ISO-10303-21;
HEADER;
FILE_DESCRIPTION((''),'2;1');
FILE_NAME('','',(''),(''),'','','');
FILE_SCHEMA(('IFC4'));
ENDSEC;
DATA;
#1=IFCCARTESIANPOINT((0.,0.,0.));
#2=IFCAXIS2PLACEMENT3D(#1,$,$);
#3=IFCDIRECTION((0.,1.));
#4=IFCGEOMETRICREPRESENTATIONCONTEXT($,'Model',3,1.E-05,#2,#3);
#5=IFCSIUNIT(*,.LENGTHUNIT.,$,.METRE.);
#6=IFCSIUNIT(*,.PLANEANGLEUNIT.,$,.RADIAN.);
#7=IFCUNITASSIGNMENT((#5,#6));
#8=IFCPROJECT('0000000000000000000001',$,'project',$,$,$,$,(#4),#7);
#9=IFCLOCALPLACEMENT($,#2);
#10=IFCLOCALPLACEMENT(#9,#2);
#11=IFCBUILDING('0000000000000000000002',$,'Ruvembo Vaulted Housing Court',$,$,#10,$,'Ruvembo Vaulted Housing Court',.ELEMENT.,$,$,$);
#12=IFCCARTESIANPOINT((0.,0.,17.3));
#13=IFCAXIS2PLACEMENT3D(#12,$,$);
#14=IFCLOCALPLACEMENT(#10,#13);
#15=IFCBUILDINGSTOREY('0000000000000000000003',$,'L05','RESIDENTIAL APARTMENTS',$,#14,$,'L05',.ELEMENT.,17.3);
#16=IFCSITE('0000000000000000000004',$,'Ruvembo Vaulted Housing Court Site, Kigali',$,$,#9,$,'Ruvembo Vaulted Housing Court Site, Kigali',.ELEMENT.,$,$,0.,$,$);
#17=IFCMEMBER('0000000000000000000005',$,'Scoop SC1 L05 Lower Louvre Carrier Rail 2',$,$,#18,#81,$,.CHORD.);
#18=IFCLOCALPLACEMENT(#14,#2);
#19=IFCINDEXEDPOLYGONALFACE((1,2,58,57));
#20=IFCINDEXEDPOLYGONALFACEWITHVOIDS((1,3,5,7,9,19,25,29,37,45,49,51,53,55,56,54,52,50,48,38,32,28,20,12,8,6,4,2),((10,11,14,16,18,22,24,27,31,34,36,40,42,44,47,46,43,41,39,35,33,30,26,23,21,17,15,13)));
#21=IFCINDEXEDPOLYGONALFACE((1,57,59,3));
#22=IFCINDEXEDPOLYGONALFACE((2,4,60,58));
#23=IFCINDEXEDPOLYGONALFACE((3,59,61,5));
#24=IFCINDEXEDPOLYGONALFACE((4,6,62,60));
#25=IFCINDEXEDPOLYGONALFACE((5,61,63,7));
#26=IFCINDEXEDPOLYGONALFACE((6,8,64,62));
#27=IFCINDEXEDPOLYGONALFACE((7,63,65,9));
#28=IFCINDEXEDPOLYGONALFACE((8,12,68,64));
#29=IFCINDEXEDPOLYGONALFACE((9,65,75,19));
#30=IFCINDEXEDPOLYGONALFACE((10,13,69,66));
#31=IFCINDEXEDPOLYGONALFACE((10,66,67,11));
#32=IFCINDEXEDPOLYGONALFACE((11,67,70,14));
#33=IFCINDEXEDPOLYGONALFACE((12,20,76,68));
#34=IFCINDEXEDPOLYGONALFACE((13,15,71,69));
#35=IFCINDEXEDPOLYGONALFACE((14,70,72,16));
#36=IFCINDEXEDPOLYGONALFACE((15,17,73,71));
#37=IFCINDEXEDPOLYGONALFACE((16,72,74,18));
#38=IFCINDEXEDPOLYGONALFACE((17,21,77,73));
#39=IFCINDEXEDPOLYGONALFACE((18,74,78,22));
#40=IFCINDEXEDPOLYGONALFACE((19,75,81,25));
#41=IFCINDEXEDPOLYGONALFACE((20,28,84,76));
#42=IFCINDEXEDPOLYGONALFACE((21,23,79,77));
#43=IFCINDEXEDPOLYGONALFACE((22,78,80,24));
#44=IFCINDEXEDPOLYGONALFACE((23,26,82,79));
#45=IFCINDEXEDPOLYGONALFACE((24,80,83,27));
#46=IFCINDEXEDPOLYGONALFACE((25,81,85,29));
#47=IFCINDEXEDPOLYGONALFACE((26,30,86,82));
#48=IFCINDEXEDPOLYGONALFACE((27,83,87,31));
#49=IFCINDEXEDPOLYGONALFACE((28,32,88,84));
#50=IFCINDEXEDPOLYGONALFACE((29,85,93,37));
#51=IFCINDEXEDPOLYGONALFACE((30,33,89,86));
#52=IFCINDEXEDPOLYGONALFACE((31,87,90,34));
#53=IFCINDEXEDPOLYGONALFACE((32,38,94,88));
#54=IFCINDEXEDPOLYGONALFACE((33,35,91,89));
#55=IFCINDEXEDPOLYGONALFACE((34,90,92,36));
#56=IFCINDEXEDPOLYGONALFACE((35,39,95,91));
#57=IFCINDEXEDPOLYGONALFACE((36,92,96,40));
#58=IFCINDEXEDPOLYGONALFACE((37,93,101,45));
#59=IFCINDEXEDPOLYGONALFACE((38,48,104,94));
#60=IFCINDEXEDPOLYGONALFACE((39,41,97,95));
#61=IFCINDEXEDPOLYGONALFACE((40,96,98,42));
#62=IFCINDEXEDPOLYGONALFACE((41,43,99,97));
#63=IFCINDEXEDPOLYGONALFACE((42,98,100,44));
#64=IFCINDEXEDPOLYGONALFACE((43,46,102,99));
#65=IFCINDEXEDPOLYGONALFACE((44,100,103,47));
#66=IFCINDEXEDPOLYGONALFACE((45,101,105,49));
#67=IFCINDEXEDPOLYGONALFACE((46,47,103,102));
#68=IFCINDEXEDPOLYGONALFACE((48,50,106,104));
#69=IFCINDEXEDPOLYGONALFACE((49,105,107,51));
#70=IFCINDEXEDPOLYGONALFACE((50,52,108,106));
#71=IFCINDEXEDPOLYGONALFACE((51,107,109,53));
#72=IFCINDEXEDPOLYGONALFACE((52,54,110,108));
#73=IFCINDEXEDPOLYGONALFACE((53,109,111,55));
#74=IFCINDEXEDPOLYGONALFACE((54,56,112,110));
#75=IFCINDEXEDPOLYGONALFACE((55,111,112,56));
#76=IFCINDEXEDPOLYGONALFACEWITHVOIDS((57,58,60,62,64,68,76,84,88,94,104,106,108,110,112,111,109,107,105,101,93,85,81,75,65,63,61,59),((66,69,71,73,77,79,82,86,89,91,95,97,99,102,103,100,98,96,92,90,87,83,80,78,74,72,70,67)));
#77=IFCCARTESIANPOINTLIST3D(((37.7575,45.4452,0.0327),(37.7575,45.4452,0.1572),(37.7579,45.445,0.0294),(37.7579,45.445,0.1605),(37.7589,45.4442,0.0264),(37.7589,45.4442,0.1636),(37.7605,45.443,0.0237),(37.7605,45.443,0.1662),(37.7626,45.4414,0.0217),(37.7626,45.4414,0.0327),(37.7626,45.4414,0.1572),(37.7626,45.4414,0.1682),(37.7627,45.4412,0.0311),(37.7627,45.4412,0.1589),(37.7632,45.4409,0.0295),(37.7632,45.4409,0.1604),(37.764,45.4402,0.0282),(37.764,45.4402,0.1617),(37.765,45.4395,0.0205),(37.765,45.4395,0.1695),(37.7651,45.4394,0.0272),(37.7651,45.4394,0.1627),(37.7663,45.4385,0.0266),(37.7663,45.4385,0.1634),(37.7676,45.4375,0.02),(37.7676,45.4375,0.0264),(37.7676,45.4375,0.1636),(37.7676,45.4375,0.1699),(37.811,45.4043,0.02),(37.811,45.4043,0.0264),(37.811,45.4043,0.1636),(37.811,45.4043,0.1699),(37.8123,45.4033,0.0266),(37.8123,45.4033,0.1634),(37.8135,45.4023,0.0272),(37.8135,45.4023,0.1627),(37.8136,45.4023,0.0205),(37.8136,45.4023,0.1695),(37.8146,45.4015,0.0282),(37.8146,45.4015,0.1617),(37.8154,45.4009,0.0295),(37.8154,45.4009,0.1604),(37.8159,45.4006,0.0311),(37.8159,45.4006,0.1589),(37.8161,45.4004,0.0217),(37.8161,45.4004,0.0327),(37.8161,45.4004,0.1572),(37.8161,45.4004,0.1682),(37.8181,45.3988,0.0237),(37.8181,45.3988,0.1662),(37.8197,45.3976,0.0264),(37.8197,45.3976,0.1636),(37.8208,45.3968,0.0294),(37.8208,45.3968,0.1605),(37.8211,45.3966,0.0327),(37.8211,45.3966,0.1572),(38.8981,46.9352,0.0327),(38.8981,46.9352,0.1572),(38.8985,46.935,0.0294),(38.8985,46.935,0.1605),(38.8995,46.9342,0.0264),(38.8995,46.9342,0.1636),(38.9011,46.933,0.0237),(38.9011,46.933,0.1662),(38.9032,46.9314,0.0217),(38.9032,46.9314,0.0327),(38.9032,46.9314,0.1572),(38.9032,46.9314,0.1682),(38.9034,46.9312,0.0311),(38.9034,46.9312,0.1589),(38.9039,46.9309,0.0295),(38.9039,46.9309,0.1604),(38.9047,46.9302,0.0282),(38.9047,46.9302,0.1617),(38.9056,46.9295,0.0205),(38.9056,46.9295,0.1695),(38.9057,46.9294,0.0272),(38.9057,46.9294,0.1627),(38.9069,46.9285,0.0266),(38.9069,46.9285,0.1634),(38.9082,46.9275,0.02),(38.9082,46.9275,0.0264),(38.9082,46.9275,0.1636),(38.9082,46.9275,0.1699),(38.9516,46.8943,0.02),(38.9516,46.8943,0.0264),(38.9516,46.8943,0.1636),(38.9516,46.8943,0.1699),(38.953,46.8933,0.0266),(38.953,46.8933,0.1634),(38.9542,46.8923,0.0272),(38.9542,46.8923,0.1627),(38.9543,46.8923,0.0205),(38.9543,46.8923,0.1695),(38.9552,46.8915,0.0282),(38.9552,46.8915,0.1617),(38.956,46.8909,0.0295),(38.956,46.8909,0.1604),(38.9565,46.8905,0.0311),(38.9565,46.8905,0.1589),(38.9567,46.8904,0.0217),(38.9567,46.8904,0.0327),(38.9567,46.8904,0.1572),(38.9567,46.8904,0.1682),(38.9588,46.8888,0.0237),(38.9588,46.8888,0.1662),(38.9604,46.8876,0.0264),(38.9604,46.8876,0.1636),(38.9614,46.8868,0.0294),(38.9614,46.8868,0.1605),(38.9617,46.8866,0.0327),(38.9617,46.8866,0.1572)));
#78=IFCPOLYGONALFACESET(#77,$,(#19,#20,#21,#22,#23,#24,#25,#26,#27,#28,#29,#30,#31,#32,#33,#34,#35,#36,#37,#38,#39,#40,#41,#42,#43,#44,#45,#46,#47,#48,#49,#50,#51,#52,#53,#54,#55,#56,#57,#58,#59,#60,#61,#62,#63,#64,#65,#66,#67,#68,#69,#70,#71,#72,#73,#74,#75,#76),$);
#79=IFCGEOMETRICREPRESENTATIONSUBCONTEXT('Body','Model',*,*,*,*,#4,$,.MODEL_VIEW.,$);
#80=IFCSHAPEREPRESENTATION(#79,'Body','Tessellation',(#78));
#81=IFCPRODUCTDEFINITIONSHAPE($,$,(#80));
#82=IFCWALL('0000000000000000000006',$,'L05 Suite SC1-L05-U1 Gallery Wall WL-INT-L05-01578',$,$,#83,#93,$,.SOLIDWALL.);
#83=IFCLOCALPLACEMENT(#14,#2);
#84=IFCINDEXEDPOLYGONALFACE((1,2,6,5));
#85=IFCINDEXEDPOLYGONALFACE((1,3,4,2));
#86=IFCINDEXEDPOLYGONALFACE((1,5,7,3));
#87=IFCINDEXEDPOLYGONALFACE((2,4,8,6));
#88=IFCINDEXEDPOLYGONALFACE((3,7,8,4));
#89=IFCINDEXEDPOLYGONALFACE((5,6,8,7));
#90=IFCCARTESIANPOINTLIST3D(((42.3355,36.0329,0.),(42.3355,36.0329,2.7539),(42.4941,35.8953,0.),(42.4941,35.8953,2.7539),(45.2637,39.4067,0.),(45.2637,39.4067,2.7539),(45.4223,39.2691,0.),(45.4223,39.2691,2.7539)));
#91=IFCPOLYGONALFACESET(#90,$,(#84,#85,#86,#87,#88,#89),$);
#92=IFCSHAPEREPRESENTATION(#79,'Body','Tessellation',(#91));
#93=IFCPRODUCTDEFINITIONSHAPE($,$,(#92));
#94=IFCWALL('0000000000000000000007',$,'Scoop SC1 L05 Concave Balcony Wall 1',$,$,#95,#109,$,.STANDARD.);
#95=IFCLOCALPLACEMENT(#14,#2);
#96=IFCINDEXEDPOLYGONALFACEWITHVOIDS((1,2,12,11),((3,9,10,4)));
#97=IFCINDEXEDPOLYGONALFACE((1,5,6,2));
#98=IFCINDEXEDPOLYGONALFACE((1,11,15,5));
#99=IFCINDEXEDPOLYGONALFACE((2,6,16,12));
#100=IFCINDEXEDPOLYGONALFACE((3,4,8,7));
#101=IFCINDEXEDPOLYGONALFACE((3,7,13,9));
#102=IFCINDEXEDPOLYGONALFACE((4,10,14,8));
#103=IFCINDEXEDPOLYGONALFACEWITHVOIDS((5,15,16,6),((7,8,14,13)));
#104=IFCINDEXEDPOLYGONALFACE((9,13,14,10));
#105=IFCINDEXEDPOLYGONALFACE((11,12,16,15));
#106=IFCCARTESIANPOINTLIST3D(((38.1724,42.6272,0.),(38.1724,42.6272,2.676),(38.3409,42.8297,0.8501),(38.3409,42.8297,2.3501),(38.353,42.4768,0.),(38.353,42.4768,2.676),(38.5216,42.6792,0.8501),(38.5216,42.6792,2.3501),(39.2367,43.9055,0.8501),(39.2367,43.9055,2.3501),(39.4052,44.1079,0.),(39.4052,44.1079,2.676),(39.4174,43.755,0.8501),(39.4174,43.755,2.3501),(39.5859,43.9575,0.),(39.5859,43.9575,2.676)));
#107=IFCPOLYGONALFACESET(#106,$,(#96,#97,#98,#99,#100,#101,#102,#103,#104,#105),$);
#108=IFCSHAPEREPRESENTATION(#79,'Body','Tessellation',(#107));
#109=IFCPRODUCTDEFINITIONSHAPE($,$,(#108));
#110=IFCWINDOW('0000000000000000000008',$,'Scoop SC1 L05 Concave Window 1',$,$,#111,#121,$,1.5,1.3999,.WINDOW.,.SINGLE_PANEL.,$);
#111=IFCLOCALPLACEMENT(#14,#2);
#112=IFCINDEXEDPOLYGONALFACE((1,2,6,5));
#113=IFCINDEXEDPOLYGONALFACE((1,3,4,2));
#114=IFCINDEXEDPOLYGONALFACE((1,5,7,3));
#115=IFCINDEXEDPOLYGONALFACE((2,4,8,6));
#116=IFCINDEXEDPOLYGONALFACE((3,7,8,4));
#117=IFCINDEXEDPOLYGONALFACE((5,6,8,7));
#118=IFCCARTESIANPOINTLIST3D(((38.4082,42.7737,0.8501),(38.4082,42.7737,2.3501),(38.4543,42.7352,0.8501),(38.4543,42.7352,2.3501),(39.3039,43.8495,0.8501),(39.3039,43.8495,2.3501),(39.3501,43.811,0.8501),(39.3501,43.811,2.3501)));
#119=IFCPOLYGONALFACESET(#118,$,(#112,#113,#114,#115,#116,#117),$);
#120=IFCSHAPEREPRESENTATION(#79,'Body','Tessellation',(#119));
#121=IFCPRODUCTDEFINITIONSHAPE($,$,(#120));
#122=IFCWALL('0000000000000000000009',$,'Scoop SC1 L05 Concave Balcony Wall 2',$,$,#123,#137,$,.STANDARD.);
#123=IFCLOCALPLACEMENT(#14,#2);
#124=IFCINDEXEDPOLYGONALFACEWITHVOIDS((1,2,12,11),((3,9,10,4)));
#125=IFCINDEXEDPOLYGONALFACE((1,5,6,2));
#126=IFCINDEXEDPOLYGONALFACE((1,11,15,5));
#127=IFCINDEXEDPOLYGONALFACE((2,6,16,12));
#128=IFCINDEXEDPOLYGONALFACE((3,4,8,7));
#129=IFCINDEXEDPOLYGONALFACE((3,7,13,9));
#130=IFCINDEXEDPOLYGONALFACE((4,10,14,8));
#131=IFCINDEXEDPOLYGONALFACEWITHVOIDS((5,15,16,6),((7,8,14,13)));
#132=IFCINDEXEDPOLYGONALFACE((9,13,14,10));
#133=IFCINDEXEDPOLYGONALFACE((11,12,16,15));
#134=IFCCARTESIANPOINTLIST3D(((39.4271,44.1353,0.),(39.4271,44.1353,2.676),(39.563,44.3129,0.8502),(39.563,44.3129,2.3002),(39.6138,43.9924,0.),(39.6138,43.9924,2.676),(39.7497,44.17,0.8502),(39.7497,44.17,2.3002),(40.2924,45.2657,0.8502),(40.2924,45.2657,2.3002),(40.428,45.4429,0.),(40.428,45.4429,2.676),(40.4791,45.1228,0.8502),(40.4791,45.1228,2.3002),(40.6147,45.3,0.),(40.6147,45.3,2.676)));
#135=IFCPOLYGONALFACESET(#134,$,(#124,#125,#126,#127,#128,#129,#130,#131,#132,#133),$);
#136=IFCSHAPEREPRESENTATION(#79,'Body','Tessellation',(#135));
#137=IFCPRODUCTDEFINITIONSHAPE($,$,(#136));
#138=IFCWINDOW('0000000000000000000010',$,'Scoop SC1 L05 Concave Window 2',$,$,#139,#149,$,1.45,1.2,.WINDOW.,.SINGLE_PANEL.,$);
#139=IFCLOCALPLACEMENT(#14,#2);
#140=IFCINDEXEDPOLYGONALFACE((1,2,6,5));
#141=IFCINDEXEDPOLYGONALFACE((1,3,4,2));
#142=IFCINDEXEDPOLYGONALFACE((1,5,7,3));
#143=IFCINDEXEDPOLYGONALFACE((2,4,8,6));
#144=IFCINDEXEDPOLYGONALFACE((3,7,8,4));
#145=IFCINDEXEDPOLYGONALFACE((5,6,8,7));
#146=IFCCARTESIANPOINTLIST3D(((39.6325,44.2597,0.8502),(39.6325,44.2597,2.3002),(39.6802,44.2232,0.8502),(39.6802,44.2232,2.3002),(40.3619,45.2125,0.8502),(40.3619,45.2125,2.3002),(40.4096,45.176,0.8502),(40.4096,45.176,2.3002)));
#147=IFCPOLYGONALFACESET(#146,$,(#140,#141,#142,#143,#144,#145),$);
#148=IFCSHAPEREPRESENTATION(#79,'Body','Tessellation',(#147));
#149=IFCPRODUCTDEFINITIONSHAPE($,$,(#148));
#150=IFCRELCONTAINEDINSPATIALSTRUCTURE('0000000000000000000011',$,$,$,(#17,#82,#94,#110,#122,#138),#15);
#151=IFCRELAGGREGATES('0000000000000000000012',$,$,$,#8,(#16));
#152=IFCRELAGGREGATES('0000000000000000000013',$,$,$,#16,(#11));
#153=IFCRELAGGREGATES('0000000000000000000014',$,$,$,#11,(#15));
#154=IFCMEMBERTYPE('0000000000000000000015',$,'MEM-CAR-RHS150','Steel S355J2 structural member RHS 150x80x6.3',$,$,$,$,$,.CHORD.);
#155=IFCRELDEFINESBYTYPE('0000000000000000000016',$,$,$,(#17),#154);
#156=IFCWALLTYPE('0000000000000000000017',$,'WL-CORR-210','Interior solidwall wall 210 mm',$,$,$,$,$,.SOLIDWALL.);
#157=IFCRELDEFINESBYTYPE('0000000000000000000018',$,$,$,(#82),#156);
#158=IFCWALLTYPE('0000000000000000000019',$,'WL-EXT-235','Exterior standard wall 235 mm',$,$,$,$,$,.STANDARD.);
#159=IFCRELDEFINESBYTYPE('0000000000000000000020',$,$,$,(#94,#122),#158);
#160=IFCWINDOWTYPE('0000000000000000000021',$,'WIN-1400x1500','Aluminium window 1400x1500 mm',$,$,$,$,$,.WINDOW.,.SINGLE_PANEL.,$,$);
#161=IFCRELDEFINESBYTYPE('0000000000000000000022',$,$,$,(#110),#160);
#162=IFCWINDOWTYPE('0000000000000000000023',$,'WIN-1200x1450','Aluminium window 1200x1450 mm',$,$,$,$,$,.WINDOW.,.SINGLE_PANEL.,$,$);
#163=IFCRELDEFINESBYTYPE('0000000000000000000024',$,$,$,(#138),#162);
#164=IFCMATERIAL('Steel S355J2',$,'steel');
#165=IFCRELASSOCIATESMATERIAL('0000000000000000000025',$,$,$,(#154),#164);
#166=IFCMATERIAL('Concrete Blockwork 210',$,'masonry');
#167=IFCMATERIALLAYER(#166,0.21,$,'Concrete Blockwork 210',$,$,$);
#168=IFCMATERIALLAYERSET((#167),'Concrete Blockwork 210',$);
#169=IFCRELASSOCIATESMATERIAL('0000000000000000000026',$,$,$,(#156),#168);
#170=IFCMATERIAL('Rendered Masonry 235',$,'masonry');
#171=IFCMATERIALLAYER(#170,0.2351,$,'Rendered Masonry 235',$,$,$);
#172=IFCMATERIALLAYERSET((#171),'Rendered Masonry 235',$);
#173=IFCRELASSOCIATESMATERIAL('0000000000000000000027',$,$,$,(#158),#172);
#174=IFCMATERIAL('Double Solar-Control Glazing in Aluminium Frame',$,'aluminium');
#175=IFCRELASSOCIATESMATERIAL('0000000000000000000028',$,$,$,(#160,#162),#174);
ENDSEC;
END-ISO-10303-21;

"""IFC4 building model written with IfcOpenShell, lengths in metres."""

from ifc_helpers import new_model, si_unit, direction, frame, frame_2d, origin, origin_2d, place, context, subcontext, project, spatial, rectangle, hollow_rectangle, extrude, material, layer, layer_set, material_profile, profile_set, type_object, element, fill, save


model = new_model("IFC4")

# Units and contexts
model_context = context("Model", 3, precision=1e-05, world=origin(), true_north=direction((0.0, 1.0)))
body_context = subcontext(model_context, "Body", "Model", "MODEL_VIEW")
ifc_project = project(units=[si_unit("LENGTHUNIT", "METRE"), si_unit("PLANEANGLEUNIT", "RADIAN")], contexts=[model_context])

# Site, building, storey
site_placement = place(None, origin())
site = spatial("IfcSite", under=ifc_project, at=site_placement, Name="Ruvembo Vaulted Housing Court Site, Kigali", LongName="Ruvembo Vaulted Housing Court Site, Kigali", CompositionType="ELEMENT", RefElevation=0.0)
building_placement = place(site_placement, origin())
building = spatial("IfcBuilding", under=site, at=building_placement, Name="Ruvembo Vaulted Housing Court", LongName="Ruvembo Vaulted Housing Court", CompositionType="ELEMENT")
storey_placement = place(building_placement, frame((0.0, 0.0, 17.3)))
storey = spatial("IfcBuildingStorey", under=building, at=storey_placement, Name="L05", Description="RESIDENTIAL APARTMENTS", LongName="L05", CompositionType="ELEMENT", Elevation=17.3)

# Shared definitions
ifc_material_1 = material(Name="Steel S355J2", Category="steel")

# Member
ifc_material_profile_1 = material_profile(ifc_material_1, hollow_rectangle(XDim=0.0801, YDim=0.1499, WallThickness=0.0063, InnerFilletRadius=0.0063, OuterFilletRadius=0.0127, at=origin_2d()), Name="RHS 150x80x6.3")
ifc_profile_set_1 = profile_set([ifc_material_profile_1], Name="Steel S355J2")
member_type_1 = type_object("IfcMemberType", Name="MEM-CAR-RHS150", Description="Steel S355J2 structural member RHS 150x80x6.3", PredefinedType="CHORD", material=ifc_profile_set_1)
member_1_placement = place(storey_placement, frame((37.7893, 45.4209, 0.095), z_axis=(0.607861, 0.794044, 0.0), x_axis=(-0.794044, 0.607861, 0.0)))
element("IfcMember", 1, at=member_1_placement, inside=storey, type_object=member_type_1, Name="Scoop SC1 L05 Lower Louvre Carrier Rail 2", PredefinedType="CHORD", context=body_context, shape_type="SweptSolid", body=[
    extrude(hollow_rectangle(XDim=0.0801, YDim=0.1499, WallThickness=0.0063, InnerFilletRadius=0.0063, OuterFilletRadius=0.0127, at=origin_2d()), origin(), (0.0, 0.0, 1.0), 1.8765),
])

# Wall
ifc_material_2 = material(Name="Concrete Blockwork 210", Category="masonry")
ifc_layer_1 = layer(ifc_material_2, 0.21, Name="Concrete Blockwork 210")
ifc_layer_set_1 = layer_set([ifc_layer_1], Name="Concrete Blockwork 210")
wall_type_1 = type_object("IfcWallType", Name="WL-CORR-210", Description="Interior solidwall wall 210 mm", PredefinedType="SOLIDWALL", material=ifc_layer_set_1)
wall_1_placement = place(storey_placement, frame((42.4148, 35.9641, 0.0), z_axis=(0.0, 0.0, 1.0), x_axis=(0.655478, 0.755215, 0.0)))
element("IfcWall", 2, at=wall_1_placement, inside=storey, type_object=wall_type_1, Name="L05 Suite SC1-L05-U1 Gallery Wall WL-INT-L05-01578", PredefinedType="SOLIDWALL", context=body_context, shape_type="SweptSolid", body=[
    extrude(rectangle(XDim=4.4673, YDim=0.21, at=frame_2d((2.2336, 0.0))), origin(), (0.0, 0.0, 1.0), 2.7539),
])

# Walls, openings, windows
ifc_material_3 = material(Name="Rendered Masonry 235", Category="masonry")
ifc_layer_2 = layer(ifc_material_3, 0.2351, Name="Rendered Masonry 235")
ifc_layer_set_2 = layer_set([ifc_layer_2], Name="Rendered Masonry 235")
wall_type_2 = type_object("IfcWallType", Name="WL-EXT-235", Description="Exterior standard wall 235 mm", PredefinedType="STANDARD", material=ifc_layer_set_2)
wall_2_placement = place(storey_placement, frame((38.2627, 42.552, 0.0), z_axis=(0.0, 0.0, 1.0), x_axis=(0.639873, 0.768481, 0.0)))
wall_2 = element("IfcWall", 3, at=wall_2_placement, inside=storey, type_object=wall_type_2, Name="Scoop SC1 L05 Concave Balcony Wall 1", PredefinedType="STANDARD", context=body_context, shape_type="SweptSolid", body=[
    extrude(rectangle(XDim=1.9268, YDim=0.2351, at=frame_2d((0.9634, 0.0))), origin(), (0.0, 0.0, 1.0), 2.676),
])
opening_1_placement = place(wall_2_placement, frame((0.2634, 0.0, 0.8501)))
opening_1 = element("IfcOpeningElement", 4, at=opening_1_placement, cuts=wall_2, PredefinedType="OPENING", context=body_context, shape_type="SweptSolid", body=[
    extrude(rectangle(XDim=1.3999, YDim=1.5, at=frame_2d((0.7, 0.75))), frame((0.0, 0.1274, 0.0), z_axis=(0.0, -1.0, 0.0), x_axis=(1.0, 0.0, 0.0)), (0.0, 0.0, 1.0), 0.2551),
])
ifc_material_4 = material(Name="Double Solar-Control Glazing in Aluminium Frame", Category="aluminium")
window_type_1 = type_object("IfcWindowType", Name="WIN-1400x1500", Description="Aluminium window 1400x1500 mm", PartitioningType="SINGLE_PANEL", PredefinedType="WINDOW", material=ifc_material_4)
window_1_placement = place(opening_1_placement, origin())
window_1 = element("IfcWindow", 5, at=window_1_placement, inside=storey, type_object=window_type_1, Name="Scoop SC1 L05 Concave Window 1", OverallHeight=1.5, OverallWidth=1.3999, PartitioningType="SINGLE_PANEL", PredefinedType="WINDOW", context=body_context, shape_type="SweptSolid", body=[
    extrude(rectangle(XDim=1.3999, YDim=1.5, at=frame_2d((0.7, 0.75))), frame((0.0, 0.03, 0.0), z_axis=(0.0, -1.0, 0.0), x_axis=(1.0, 0.0, 0.0)), (0.0, 0.0, 1.0), 0.0601),
])
fill(opening_1, window_1)
wall_3_placement = place(storey_placement, frame((39.5205, 44.064, 0.0), z_axis=(0.0, 0.0, 1.0), x_axis=(0.607846, 0.794055, 0.0)))
wall_3 = element("IfcWall", 6, at=wall_3_placement, inside=storey, type_object=wall_type_2, Name="Scoop SC1 L05 Concave Balcony Wall 2", PredefinedType="STANDARD", context=body_context, shape_type="SweptSolid", body=[
    extrude(rectangle(XDim=1.6467, YDim=0.2351, at=frame_2d((0.8232, 0.0))), origin(), (0.0, 0.0, 1.0), 2.676),
])
opening_2_placement = place(wall_3_placement, frame((0.2234, 0.0, 0.8501)))
opening_2 = element("IfcOpeningElement", 7, at=opening_2_placement, cuts=wall_3, PredefinedType="OPENING", context=body_context, shape_type="SweptSolid", body=[
    extrude(rectangle(XDim=1.2, YDim=1.45, at=frame_2d((0.6001, 0.7251))), frame((0.0, 0.1274, 0.0), z_axis=(0.0, -1.0, 0.0), x_axis=(1.0, 0.0, 0.0)), (0.0, 0.0, 1.0), 0.2551),
])
window_type_2 = type_object("IfcWindowType", Name="WIN-1200x1450", Description="Aluminium window 1200x1450 mm", PartitioningType="SINGLE_PANEL", PredefinedType="WINDOW", material=ifc_material_4)
window_2_placement = place(opening_2_placement, origin())
window_2 = element("IfcWindow", 8, at=window_2_placement, inside=storey, type_object=window_type_2, Name="Scoop SC1 L05 Concave Window 2", OverallHeight=1.45, OverallWidth=1.2, PartitioningType="SINGLE_PANEL", PredefinedType="WINDOW", context=body_context, shape_type="SweptSolid", body=[
    extrude(rectangle(XDim=1.2, YDim=1.45, at=frame_2d((0.6001, 0.7251))), frame((0.0, 0.03, 0.0), z_axis=(0.0, -1.0, 0.0), x_axis=(1.0, 0.0, 0.0)), (0.0, 0.0, 1.0), 0.0601),
])
fill(opening_2, window_2)

save(model, "model.ifc")
